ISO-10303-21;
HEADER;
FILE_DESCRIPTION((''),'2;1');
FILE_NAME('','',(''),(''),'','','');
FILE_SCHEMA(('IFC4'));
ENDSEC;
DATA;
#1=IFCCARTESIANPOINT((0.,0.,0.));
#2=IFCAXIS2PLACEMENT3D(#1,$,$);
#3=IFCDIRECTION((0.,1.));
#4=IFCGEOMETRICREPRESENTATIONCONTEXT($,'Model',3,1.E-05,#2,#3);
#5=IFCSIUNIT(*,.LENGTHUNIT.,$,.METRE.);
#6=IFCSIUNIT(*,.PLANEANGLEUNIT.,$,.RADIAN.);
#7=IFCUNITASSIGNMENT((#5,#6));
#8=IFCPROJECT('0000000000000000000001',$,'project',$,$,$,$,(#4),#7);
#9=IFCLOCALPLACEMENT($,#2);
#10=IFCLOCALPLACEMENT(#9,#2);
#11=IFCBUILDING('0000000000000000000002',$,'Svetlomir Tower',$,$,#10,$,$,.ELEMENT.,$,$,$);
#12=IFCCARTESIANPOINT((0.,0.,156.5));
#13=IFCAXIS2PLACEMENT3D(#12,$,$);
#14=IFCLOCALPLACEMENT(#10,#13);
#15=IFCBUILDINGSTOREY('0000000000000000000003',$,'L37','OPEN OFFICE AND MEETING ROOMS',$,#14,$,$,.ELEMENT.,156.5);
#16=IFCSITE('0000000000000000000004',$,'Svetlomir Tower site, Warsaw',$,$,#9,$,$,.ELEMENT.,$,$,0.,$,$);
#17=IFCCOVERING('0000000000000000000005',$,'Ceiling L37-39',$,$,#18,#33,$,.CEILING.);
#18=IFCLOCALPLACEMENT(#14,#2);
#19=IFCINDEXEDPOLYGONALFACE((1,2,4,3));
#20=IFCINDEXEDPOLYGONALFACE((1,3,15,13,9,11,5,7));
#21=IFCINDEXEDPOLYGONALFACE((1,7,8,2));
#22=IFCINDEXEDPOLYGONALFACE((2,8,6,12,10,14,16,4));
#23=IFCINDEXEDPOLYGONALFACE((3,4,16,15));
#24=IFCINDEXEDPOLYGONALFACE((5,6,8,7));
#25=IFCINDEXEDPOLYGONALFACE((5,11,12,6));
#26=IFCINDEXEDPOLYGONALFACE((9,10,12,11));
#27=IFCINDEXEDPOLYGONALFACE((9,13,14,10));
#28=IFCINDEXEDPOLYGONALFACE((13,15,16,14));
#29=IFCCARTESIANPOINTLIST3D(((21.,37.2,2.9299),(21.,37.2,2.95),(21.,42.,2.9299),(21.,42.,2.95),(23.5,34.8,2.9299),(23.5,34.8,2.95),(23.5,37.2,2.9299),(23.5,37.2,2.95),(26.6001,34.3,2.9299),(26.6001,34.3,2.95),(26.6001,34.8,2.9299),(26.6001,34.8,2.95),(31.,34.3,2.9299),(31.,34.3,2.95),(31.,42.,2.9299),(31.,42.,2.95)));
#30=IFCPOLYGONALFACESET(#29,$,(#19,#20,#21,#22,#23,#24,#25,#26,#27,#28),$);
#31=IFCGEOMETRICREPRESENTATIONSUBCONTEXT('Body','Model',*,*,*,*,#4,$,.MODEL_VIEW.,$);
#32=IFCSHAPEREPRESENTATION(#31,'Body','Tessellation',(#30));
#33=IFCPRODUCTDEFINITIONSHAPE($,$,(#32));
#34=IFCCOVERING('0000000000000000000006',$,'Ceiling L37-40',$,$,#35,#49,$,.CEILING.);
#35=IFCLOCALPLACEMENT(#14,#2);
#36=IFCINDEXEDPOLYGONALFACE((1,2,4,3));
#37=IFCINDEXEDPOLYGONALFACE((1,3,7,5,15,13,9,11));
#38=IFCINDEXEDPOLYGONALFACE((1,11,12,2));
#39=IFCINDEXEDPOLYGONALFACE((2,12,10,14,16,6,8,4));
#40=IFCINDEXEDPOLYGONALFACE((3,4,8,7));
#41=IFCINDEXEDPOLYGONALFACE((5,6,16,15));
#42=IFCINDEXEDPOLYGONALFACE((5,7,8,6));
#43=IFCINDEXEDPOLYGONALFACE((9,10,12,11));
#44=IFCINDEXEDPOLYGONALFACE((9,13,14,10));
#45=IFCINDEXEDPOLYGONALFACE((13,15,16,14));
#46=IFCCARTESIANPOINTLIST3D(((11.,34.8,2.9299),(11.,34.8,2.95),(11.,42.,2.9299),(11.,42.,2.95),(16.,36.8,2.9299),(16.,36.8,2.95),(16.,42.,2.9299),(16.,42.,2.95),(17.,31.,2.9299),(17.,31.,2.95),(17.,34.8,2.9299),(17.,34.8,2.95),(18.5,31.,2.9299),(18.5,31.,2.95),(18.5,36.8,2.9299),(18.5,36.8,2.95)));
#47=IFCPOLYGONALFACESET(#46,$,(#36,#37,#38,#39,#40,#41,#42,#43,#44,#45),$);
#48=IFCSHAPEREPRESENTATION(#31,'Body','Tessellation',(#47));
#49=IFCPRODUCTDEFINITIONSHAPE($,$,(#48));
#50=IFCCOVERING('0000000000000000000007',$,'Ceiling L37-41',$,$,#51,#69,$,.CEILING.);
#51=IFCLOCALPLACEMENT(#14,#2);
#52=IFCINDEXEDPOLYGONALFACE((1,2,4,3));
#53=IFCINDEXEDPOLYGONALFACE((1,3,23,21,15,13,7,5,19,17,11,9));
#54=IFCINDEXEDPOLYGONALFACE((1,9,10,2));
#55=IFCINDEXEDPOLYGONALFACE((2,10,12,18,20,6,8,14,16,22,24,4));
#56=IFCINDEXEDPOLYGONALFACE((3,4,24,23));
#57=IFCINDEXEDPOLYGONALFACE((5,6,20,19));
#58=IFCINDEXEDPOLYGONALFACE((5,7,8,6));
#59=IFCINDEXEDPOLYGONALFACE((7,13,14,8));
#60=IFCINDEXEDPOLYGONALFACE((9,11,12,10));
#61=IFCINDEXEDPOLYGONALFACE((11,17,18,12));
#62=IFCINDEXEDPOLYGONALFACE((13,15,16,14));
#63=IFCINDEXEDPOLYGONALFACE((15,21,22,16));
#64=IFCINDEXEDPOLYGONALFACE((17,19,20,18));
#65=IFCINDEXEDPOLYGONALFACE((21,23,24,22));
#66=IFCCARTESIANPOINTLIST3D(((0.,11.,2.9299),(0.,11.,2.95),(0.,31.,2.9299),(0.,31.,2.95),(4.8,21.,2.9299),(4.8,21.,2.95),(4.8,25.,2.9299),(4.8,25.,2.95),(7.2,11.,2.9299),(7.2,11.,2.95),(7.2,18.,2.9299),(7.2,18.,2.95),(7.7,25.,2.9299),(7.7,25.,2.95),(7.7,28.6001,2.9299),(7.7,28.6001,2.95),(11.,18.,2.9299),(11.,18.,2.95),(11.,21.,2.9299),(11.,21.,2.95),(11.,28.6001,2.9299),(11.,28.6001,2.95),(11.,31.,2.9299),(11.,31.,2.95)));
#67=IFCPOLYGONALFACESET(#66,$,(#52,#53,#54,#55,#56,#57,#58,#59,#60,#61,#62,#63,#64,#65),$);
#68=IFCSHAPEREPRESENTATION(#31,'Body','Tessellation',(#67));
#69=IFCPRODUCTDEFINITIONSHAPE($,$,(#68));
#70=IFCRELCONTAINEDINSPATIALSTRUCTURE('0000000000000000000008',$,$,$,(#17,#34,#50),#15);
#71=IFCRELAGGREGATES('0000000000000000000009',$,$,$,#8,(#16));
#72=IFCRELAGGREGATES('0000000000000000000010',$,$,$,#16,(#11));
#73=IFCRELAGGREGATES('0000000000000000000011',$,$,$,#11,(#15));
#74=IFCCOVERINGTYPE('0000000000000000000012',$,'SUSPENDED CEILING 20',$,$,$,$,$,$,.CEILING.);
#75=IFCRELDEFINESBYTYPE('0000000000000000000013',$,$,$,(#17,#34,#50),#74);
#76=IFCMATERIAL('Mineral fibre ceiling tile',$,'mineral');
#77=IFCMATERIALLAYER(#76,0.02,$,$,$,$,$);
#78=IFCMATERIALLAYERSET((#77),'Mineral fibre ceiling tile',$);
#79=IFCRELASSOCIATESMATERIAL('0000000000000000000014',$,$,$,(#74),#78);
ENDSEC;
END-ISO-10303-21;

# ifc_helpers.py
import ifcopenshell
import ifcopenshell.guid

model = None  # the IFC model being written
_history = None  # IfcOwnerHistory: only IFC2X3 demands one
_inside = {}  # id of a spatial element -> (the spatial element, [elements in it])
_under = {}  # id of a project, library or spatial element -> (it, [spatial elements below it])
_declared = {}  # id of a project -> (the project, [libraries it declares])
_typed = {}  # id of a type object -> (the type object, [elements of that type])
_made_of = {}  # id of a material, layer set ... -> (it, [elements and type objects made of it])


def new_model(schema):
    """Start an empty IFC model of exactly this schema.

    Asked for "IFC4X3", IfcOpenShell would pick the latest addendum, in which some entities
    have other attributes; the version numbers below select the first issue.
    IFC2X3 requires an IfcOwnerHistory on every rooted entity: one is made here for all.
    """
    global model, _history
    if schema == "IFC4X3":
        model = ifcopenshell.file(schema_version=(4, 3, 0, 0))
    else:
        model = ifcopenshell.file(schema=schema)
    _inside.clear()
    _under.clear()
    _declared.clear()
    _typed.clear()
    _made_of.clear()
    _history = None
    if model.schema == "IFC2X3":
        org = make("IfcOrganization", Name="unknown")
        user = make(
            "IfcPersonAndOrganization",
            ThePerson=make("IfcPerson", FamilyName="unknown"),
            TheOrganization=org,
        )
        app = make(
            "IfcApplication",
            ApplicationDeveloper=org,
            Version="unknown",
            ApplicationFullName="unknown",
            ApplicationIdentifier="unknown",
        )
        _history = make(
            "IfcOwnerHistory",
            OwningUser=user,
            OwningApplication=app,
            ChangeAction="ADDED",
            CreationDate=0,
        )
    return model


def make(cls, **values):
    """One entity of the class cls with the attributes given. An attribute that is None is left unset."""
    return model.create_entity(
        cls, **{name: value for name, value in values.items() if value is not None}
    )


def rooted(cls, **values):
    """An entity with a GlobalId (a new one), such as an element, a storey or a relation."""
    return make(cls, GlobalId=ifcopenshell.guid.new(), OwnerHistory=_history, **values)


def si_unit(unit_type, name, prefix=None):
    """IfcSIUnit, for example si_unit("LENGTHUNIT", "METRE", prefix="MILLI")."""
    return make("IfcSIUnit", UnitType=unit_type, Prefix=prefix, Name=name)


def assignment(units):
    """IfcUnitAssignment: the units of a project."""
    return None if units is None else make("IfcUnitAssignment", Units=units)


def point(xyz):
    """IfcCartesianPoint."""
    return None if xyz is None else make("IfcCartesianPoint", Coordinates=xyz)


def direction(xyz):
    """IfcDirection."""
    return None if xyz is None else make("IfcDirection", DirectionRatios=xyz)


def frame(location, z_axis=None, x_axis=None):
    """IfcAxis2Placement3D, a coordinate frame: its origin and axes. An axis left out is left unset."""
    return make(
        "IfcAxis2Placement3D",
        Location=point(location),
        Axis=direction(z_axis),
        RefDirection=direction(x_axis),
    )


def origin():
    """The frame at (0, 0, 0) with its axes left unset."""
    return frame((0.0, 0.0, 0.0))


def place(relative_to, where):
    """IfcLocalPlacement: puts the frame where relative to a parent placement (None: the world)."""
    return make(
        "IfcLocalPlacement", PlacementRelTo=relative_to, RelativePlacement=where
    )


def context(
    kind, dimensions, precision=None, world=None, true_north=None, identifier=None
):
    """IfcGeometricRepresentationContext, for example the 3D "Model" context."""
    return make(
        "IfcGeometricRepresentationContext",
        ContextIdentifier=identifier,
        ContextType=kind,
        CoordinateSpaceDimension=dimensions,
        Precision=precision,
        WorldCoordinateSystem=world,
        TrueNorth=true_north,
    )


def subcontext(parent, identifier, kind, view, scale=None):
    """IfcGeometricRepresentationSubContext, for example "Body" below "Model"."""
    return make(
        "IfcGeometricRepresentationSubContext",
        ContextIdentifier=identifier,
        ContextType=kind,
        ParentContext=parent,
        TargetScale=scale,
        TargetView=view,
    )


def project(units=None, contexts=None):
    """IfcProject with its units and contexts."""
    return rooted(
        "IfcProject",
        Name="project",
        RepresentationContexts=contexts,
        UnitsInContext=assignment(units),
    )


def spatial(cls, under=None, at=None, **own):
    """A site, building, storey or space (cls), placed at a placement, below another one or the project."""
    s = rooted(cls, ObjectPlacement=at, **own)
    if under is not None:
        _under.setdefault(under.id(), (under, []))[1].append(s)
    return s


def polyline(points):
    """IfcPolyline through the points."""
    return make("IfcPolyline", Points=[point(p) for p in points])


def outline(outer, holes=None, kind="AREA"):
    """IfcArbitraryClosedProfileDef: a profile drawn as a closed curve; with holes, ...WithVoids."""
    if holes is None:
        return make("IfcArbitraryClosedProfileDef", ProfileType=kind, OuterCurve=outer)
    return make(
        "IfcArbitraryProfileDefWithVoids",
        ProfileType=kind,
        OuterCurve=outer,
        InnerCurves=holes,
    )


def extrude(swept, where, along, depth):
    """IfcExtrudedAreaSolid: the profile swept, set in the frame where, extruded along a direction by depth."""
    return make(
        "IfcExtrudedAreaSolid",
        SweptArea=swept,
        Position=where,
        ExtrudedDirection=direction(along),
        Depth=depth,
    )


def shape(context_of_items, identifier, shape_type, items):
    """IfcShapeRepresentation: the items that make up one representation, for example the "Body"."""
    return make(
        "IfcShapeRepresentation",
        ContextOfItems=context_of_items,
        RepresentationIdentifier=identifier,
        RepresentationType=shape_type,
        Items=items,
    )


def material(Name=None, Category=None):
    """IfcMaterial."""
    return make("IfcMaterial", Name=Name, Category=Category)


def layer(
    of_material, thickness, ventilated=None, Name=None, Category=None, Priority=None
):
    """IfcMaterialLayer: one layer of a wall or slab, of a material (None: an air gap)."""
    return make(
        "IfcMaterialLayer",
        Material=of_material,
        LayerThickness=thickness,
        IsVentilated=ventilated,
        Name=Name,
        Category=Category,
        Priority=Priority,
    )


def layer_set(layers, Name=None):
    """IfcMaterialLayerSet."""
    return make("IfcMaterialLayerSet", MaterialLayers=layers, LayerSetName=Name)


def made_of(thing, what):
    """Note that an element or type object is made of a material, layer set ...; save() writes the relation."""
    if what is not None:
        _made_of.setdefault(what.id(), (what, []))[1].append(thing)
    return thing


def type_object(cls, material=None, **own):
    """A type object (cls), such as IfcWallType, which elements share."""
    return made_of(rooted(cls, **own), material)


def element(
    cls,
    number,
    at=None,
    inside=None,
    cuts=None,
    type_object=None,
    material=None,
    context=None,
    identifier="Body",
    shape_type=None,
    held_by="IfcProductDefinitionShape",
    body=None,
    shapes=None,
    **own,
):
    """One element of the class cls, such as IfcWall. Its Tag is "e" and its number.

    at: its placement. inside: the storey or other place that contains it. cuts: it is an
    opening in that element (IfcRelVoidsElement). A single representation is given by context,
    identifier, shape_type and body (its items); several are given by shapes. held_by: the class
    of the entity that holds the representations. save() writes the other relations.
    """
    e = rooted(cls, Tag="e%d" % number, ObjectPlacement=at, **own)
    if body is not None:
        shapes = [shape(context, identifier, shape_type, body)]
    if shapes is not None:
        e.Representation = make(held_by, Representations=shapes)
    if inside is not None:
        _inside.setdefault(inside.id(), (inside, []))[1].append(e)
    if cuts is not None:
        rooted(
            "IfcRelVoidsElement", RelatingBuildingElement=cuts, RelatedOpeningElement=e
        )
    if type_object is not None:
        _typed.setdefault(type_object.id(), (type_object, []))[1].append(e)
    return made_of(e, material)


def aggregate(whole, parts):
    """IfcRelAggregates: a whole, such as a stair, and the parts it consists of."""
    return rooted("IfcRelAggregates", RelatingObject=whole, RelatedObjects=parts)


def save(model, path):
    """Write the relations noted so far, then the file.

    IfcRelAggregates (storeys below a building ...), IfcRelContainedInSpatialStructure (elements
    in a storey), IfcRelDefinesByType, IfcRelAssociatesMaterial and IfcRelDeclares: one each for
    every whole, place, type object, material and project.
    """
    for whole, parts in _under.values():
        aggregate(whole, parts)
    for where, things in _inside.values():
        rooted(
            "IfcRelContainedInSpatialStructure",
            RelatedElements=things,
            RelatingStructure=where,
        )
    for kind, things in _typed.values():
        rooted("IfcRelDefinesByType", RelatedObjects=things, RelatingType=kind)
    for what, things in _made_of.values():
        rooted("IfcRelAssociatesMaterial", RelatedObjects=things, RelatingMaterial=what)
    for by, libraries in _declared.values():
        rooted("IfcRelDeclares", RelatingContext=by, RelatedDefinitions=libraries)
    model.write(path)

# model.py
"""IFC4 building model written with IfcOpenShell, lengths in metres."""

from ifc_helpers import new_model, si_unit, direction, frame, origin, place, context, subcontext, project, spatial, polyline, outline, extrude, material, layer, layer_set, type_object, element, save


model = new_model("IFC4")

# Units and contexts
model_context = context("Model", 3, precision=1e-05, world=origin(), true_north=direction((0.0, 1.0)))
body_context = subcontext(model_context, "Body", "Model", "MODEL_VIEW")
ifc_project = project(units=[si_unit("LENGTHUNIT", "METRE"), si_unit("PLANEANGLEUNIT", "RADIAN")], contexts=[model_context])

# Site, building, storey
site_placement = place(None, origin())
site = spatial("IfcSite", under=ifc_project, at=site_placement, Name="Svetlomir Tower site, Warsaw", CompositionType="ELEMENT", RefElevation=0.0)
building_placement = place(site_placement, origin())
building = spatial("IfcBuilding", under=site, at=building_placement, Name="Svetlomir Tower", CompositionType="ELEMENT")
storey_placement = place(building_placement, frame((0.0, 0.0, 156.5)))
storey = spatial("IfcBuildingStorey", under=building, at=storey_placement, Name="L37", Description="OPEN OFFICE AND MEETING ROOMS", CompositionType="ELEMENT", Elevation=156.5)

# Coverings
ifc_material_1 = material(Name="Mineral fibre ceiling tile", Category="mineral")
ifc_layer_1 = layer(ifc_material_1, 0.02)
ifc_layer_set_1 = layer_set([ifc_layer_1], Name="Mineral fibre ceiling tile")
covering_type_1 = type_object("IfcCoveringType", Name="SUSPENDED CEILING 20", PredefinedType="CEILING", material=ifc_layer_set_1)
covering_1_placement = place(storey_placement, frame((0.0, 0.0, 2.9299)))
element("IfcCovering", 1, at=covering_1_placement, inside=storey, type_object=covering_type_1, Name="Ceiling L37-39", PredefinedType="CEILING", context=body_context, shape_type="SweptSolid", body=[
    extrude(outline(polyline([(26.6001, 34.3), (26.6001, 34.8), (23.5, 34.8), (23.5, 37.2), (21.0, 37.2), (21.0, 42.0), (31.0, 42.0), (31.0, 34.3), (26.6001, 34.3)])), origin(), (0.0, 0.0, 1.0), 0.02),
])
covering_2_placement = place(storey_placement, frame((0.0, 0.0, 2.9299)))
element("IfcCovering", 2, at=covering_2_placement, inside=storey, type_object=covering_type_1, Name="Ceiling L37-40", PredefinedType="CEILING", context=body_context, shape_type="SweptSolid", body=[
    extrude(outline(polyline([(17.0, 34.8), (11.0, 34.8), (11.0, 42.0), (16.0, 42.0), (16.0, 36.8), (18.5, 36.8), (18.5, 31.0), (17.0, 31.0), (17.0, 34.8)])), origin(), (0.0, 0.0, 1.0), 0.02),
])
covering_3_placement = place(storey_placement, frame((0.0, 0.0, 2.9299)))
element("IfcCovering", 3, at=covering_3_placement, inside=storey, type_object=covering_type_1, Name="Ceiling L37-41", PredefinedType="CEILING", context=body_context, shape_type="SweptSolid", body=[
    extrude(outline(polyline([(11.0, 31.0), (11.0, 28.6001), (7.7, 28.6001), (7.7, 25.0), (4.8, 25.0), (4.8, 21.0), (11.0, 21.0), (11.0, 18.0), (7.2, 18.0), (7.2, 11.0), (0.0, 11.0), (0.0, 31.0), (11.0, 31.0)])), origin(), (0.0, 0.0, 1.0), 0.02),
])

save(model, "model.ifc")
